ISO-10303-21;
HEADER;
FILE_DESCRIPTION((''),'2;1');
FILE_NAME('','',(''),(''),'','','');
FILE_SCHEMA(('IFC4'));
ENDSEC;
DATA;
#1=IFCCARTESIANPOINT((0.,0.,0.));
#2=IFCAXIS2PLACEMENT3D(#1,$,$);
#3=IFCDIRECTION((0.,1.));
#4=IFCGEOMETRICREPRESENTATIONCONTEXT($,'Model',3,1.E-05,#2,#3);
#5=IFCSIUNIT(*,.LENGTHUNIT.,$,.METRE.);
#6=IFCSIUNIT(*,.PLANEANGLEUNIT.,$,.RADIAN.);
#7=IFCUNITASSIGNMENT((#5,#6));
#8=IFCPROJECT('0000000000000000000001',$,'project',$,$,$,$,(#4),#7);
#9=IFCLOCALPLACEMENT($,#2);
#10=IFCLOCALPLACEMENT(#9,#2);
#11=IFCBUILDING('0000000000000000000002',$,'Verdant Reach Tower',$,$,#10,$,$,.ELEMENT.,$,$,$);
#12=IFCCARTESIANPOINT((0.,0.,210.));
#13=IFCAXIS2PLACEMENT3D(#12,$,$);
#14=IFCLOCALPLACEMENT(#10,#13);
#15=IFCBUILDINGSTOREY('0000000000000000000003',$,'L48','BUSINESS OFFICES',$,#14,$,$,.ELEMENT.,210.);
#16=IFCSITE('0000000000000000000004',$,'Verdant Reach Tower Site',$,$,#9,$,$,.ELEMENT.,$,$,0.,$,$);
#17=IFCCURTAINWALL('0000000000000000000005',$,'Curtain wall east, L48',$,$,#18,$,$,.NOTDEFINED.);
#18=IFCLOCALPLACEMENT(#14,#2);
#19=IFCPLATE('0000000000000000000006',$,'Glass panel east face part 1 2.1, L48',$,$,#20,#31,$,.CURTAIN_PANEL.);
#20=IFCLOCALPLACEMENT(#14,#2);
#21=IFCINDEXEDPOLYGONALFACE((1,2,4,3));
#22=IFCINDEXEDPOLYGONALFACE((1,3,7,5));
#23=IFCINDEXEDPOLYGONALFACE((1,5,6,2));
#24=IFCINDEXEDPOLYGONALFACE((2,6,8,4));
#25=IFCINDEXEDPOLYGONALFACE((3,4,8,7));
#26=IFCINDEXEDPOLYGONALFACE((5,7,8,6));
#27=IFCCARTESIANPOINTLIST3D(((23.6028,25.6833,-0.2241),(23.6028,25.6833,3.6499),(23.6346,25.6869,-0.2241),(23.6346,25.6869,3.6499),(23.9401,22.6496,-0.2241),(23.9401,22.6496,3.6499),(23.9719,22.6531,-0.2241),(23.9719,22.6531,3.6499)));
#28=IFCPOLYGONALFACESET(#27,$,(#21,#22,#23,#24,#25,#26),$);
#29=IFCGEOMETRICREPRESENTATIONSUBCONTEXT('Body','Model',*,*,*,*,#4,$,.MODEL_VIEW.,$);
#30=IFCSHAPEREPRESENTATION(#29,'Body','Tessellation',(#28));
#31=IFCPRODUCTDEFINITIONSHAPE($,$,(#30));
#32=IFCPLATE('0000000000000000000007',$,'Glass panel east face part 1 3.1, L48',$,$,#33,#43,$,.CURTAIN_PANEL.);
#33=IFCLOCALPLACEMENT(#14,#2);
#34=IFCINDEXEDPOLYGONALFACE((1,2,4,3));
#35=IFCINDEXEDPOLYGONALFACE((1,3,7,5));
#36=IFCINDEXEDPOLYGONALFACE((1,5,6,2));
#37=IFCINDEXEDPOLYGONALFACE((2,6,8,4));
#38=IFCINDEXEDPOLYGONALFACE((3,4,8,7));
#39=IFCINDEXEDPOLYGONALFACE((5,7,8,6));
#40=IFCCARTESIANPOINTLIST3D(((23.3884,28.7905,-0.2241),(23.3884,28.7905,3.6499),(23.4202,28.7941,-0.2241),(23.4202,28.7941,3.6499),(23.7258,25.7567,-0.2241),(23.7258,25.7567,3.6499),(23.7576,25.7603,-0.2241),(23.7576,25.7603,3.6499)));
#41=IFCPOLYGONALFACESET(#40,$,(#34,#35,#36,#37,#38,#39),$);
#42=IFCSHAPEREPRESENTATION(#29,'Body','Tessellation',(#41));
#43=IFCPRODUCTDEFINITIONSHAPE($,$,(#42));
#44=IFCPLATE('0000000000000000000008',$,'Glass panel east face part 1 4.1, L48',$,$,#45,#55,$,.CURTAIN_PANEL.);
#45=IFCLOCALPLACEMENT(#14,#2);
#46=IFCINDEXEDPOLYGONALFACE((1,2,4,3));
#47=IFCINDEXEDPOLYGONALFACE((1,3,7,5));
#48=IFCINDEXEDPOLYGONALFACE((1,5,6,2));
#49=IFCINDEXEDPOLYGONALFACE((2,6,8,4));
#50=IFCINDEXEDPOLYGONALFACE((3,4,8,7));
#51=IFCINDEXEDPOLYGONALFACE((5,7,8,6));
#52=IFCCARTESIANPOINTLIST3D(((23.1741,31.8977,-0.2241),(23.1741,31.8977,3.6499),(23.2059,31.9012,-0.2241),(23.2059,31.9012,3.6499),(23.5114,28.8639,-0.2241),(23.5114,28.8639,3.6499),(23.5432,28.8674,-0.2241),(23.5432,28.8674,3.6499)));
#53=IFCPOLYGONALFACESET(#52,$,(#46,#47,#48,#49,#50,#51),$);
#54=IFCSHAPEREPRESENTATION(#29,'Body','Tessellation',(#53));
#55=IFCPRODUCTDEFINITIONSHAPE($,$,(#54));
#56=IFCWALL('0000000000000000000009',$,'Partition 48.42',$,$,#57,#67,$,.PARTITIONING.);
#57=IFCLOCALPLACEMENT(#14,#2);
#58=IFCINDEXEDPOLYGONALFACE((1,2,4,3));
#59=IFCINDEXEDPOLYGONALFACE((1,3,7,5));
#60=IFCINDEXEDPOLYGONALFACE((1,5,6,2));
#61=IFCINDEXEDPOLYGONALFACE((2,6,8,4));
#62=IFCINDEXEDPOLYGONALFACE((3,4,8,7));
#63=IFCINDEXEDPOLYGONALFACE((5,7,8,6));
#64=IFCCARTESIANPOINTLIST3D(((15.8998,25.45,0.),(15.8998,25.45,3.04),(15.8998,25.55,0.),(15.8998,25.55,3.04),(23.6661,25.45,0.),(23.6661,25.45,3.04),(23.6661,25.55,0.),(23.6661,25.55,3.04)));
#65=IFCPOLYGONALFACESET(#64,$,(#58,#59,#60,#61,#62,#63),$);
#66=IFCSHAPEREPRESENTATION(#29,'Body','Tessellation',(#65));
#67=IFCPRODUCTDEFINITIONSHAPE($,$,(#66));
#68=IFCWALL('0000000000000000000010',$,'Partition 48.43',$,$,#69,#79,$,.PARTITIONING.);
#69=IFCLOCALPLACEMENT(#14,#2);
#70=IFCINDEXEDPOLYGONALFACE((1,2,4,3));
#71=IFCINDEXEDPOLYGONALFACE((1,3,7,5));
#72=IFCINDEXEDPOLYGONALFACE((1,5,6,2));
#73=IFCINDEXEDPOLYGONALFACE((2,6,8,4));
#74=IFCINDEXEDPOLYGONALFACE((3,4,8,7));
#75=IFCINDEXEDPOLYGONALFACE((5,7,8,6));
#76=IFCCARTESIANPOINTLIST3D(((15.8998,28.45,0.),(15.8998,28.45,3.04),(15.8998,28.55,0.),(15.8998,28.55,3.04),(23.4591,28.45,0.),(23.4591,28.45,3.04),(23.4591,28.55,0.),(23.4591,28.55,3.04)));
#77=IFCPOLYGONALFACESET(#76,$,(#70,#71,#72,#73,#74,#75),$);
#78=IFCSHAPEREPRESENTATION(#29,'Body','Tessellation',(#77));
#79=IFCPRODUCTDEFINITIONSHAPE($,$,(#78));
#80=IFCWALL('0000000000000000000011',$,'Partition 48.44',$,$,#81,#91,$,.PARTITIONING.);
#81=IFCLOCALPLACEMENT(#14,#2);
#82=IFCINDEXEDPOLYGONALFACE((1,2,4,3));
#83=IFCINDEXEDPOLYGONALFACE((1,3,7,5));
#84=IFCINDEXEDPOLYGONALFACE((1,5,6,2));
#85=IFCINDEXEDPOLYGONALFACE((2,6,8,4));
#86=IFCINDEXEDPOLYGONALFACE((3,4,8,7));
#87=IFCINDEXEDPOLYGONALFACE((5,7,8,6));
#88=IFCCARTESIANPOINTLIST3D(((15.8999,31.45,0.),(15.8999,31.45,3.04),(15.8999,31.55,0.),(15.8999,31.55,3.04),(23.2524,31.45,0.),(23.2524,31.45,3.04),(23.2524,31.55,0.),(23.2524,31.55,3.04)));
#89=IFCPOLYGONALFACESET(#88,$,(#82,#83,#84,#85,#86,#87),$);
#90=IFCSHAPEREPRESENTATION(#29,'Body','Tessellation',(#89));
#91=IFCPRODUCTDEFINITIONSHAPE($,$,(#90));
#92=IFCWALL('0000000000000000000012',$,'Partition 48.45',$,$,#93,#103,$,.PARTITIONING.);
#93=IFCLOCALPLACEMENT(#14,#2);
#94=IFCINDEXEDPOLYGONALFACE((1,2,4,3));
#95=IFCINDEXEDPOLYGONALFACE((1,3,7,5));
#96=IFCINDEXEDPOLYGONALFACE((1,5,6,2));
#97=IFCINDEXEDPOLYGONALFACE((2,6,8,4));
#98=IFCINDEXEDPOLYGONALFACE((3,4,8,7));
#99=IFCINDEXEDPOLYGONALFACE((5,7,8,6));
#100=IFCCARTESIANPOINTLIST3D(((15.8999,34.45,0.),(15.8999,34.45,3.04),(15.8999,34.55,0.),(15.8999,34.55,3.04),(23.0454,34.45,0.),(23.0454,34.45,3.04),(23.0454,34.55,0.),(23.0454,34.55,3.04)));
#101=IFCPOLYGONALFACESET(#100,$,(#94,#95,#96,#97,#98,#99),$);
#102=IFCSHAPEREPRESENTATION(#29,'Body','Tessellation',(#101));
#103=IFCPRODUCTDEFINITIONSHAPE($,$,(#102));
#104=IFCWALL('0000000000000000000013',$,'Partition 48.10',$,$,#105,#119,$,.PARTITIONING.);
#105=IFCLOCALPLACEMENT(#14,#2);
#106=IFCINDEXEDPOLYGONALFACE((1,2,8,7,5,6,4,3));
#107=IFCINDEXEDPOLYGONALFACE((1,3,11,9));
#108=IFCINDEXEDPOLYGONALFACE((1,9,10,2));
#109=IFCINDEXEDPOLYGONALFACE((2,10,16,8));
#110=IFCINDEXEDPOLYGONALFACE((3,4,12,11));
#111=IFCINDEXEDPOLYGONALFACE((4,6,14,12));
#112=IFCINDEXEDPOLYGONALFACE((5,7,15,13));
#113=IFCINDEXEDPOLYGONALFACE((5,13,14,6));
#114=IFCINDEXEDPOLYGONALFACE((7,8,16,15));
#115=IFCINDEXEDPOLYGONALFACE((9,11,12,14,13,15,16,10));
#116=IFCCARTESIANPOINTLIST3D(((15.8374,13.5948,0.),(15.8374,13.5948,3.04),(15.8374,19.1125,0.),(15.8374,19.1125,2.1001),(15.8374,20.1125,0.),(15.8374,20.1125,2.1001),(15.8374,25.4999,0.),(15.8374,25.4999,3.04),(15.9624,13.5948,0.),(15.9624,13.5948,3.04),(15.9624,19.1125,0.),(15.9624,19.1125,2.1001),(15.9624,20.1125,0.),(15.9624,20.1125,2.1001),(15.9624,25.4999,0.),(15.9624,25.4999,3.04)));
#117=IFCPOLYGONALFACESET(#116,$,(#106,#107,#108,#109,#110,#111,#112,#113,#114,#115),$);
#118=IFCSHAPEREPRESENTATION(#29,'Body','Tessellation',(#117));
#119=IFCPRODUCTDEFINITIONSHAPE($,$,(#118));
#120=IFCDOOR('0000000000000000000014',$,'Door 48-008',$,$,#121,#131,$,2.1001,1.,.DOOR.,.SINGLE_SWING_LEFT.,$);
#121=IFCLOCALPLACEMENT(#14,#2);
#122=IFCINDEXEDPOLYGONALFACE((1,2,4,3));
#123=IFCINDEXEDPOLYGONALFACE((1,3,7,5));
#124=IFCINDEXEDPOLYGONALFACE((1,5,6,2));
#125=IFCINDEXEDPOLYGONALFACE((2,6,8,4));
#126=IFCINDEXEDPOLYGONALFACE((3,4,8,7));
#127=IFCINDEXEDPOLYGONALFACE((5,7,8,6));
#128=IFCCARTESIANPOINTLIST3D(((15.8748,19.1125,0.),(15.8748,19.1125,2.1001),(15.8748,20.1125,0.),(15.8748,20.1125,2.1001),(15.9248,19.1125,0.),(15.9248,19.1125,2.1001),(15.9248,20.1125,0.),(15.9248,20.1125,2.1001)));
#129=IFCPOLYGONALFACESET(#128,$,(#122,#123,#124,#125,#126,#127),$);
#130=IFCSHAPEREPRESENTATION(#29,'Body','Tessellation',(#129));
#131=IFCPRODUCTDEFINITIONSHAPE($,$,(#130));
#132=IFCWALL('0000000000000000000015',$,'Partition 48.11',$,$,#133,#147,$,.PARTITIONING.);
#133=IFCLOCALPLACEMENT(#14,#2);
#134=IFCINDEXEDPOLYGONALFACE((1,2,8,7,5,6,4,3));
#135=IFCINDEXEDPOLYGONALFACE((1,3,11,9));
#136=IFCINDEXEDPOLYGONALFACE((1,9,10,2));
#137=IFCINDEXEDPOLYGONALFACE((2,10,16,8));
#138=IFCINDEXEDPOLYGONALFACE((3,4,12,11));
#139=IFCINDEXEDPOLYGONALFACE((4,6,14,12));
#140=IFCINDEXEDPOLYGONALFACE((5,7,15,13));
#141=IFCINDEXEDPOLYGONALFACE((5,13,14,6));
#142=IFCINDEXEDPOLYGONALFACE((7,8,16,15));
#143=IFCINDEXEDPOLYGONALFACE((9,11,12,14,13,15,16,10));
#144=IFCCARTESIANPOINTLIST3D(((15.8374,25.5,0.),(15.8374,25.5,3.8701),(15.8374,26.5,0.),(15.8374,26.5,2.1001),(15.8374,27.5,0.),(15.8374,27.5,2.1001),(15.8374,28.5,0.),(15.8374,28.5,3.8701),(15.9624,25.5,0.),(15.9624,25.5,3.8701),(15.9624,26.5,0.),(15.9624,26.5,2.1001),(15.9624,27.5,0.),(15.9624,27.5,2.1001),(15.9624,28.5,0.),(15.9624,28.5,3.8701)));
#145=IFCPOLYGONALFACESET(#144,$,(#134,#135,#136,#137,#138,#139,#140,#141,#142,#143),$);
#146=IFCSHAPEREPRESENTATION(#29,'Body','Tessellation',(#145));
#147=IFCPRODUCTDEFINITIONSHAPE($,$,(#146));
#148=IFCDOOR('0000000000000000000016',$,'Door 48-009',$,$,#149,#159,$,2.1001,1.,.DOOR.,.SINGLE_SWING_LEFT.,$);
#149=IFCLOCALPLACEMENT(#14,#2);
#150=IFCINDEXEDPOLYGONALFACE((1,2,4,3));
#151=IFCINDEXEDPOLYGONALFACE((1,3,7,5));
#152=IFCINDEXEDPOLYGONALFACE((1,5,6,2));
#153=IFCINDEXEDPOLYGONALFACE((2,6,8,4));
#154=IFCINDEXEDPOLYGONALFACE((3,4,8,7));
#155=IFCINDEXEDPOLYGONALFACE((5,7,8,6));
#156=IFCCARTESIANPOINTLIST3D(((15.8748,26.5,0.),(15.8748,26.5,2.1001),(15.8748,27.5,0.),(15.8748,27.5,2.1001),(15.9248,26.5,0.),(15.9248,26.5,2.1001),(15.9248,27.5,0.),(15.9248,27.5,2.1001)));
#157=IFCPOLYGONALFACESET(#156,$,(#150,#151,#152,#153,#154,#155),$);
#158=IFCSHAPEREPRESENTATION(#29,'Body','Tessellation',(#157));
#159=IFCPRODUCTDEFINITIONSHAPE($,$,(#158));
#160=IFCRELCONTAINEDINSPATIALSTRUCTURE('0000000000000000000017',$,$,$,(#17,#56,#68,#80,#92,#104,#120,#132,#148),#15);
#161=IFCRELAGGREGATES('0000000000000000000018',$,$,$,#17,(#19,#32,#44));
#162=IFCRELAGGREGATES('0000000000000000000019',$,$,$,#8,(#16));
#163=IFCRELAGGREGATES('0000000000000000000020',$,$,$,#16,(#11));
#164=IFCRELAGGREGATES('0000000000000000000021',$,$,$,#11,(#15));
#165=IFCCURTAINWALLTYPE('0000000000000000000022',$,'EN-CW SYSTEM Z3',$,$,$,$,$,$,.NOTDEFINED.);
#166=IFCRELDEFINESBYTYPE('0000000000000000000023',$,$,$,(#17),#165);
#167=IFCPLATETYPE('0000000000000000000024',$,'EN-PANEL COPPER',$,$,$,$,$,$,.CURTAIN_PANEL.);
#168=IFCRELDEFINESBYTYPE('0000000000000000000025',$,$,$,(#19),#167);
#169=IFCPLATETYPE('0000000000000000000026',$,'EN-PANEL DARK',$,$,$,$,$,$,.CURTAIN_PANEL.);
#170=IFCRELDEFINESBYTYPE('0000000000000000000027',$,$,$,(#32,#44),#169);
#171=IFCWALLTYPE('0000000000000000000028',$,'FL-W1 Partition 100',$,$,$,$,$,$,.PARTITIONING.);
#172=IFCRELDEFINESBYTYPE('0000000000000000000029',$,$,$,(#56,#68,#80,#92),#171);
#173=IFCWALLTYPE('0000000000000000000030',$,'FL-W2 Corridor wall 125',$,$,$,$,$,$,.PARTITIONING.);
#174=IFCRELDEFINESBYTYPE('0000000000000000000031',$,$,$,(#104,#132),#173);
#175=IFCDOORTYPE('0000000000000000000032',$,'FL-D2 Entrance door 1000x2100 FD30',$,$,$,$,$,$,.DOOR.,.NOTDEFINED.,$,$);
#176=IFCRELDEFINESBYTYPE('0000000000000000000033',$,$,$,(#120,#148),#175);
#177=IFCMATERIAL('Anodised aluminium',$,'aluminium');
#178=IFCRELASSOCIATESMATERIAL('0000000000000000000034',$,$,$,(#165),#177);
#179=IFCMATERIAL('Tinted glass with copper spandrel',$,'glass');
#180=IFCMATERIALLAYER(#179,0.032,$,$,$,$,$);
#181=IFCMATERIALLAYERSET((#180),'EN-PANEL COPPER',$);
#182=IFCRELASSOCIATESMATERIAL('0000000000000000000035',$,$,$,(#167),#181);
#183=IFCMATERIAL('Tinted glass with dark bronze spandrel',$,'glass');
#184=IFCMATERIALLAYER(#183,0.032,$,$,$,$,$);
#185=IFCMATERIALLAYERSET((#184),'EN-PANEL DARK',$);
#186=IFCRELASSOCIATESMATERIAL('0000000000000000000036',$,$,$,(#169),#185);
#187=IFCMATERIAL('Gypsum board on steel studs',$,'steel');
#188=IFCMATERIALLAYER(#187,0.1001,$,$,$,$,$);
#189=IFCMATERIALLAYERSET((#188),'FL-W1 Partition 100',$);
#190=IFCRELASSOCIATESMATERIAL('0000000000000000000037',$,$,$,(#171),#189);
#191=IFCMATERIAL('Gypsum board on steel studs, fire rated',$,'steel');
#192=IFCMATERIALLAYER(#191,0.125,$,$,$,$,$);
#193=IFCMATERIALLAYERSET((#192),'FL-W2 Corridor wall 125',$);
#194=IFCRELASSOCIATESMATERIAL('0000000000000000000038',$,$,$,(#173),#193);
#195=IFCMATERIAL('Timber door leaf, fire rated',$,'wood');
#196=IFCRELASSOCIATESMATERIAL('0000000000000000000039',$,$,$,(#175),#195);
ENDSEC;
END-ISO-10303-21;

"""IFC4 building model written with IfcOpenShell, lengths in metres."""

from ifc_helpers import new_model, si_unit, direction, frame, frame_2d, origin, origin_2d, place, context, subcontext, project, spatial, rectangle, extrude, material, layer, layer_set, type_object, element, fill, aggregate, save


model = new_model("IFC4")

# Units and contexts
model_context = context("Model", 3, precision=1e-05, world=origin(), true_north=direction((0.0, 1.0)))
body_context = subcontext(model_context, "Body", "Model", "MODEL_VIEW")
ifc_project = project(units=[si_unit("LENGTHUNIT", "METRE"), si_unit("PLANEANGLEUNIT", "RADIAN")], contexts=[model_context])

# Site, building, storey
site_placement = place(None, origin())
site = spatial("IfcSite", under=ifc_project, at=site_placement, Name="Verdant Reach Tower Site", CompositionType="ELEMENT", RefElevation=0.0)
building_placement = place(site_placement, origin())
building = spatial("IfcBuilding", under=site, at=building_placement, Name="Verdant Reach Tower", CompositionType="ELEMENT")
storey_placement = place(building_placement, frame((0.0, 0.0, 210.0)))
storey = spatial("IfcBuildingStorey", under=building, at=storey_placement, Name="L48", Description="BUSINESS OFFICES", CompositionType="ELEMENT", Elevation=210.0)

# Curtain wall, plates
ifc_material_1 = material(Name="Anodised aluminium", Category="aluminium")
curtain_wall_type = type_object("IfcCurtainWallType", Name="EN-CW SYSTEM Z3", PredefinedType="NOTDEFINED", material=ifc_material_1)
curtain_wall_placement = place(storey_placement, origin())
curtain_wall = element("IfcCurtainWall", 1, at=curtain_wall_placement, inside=storey, type_object=curtain_wall_type, Name="Curtain wall east, L48", PredefinedType="NOTDEFINED")
ifc_material_2 = material(Name="Tinted glass with copper spandrel", Category="glass")
ifc_layer_1 = layer(ifc_material_2, 0.032)
ifc_layer_set_1 = layer_set([ifc_layer_1], Name="EN-PANEL COPPER")
plate_type_1 = type_object("IfcPlateType", Name="EN-PANEL COPPER", PredefinedType="CURTAIN_PANEL", material=ifc_layer_set_1)
plate_1_placement = place(storey_placement, frame((23.7874, 24.1682, -0.2241), z_axis=(0.0, 0.0, 1.0), x_axis=(-0.110518, 0.993874, 0.0)))
plate_1 = element("IfcPlate", 2, at=plate_1_placement, type_object=plate_type_1, Name="Glass panel east face part 1 2.1, L48", PredefinedType="CURTAIN_PANEL", context=body_context, shape_type="SweptSolid", body=[
    extrude(rectangle(XDim=3.0525, YDim=0.032, at=origin_2d()), origin(), (0.0, 0.0, 1.0), 3.874),
])
ifc_material_3 = material(Name="Tinted glass with dark bronze spandrel", Category="glass")
ifc_layer_2 = layer(ifc_material_3, 0.032)
ifc_layer_set_2 = layer_set([ifc_layer_2], Name="EN-PANEL DARK")
plate_type_2 = type_object("IfcPlateType", Name="EN-PANEL DARK", PredefinedType="CURTAIN_PANEL", material=ifc_layer_set_2)
plate_2_placement = place(storey_placement, frame((23.573, 27.2754, -0.2241), z_axis=(0.0, 0.0, 1.0), x_axis=(-0.110518, 0.993874, 0.0)))
plate_2 = element("IfcPlate", 3, at=plate_2_placement, type_object=plate_type_2, Name="Glass panel east face part 1 3.1, L48", PredefinedType="CURTAIN_PANEL", context=body_context, shape_type="SweptSolid", body=[
    extrude(rectangle(XDim=3.0525, YDim=0.032, at=origin_2d()), origin(), (0.0, 0.0, 1.0), 3.874),
])
plate_3_placement = place(storey_placement, frame((23.3586, 30.3826, -0.2241), z_axis=(0.0, 0.0, 1.0), x_axis=(-0.110518, 0.993874, 0.0)))
plate_3 = element("IfcPlate", 4, at=plate_3_placement, type_object=plate_type_2, Name="Glass panel east face part 1 4.1, L48", PredefinedType="CURTAIN_PANEL", context=body_context, shape_type="SweptSolid", body=[
    extrude(rectangle(XDim=3.0525, YDim=0.032, at=origin_2d()), origin(), (0.0, 0.0, 1.0), 3.874),
])
aggregate(curtain_wall, [plate_1, plate_2, plate_3])

# Walls
ifc_material_4 = material(Name="Gypsum board on steel studs", Category="steel")
ifc_layer_3 = layer(ifc_material_4, 0.1001)
ifc_layer_set_3 = layer_set([ifc_layer_3], Name="FL-W1 Partition 100")
wall_type_1 = type_object("IfcWallType", Name="FL-W1 Partition 100", PredefinedType="PARTITIONING", material=ifc_layer_set_3)
wall_1_placement = place(storey_placement, frame((23.6663, 25.5, 0.0), z_axis=(0.0, 0.0, 1.0), x_axis=(-1.0, 0.0, 0.0)))
element("IfcWall", 5, at=wall_1_placement, inside=storey, type_object=wall_type_1, Name="Partition 48.42", PredefinedType="PARTITIONING", context=body_context, shape_type="SweptSolid", body=[
    extrude(rectangle(XDim=7.7664, YDim=0.1001, at=frame_2d((3.8833, 0.0))), origin(), (0.0, 0.0, 1.0), 3.04),
])
wall_2_placement = place(storey_placement, frame((23.4592, 28.5, 0.0), z_axis=(0.0, 0.0, 1.0), x_axis=(-1.0, 0.0, 0.0)))
element("IfcWall", 6, at=wall_2_placement, inside=storey, type_object=wall_type_1, Name="Partition 48.43", PredefinedType="PARTITIONING", context=body_context, shape_type="SweptSolid", body=[
    extrude(rectangle(XDim=7.5593, YDim=0.1001, at=frame_2d((3.7798, 0.0))), origin(), (0.0, 0.0, 1.0), 3.04),
])
wall_3_placement = place(storey_placement, frame((23.2524, 31.5, 0.0), z_axis=(0.0, 0.0, 1.0), x_axis=(-1.0, 0.0, 0.0)))
element("IfcWall", 7, at=wall_3_placement, inside=storey, type_object=wall_type_1, Name="Partition 48.44", PredefinedType="PARTITIONING", context=body_context, shape_type="SweptSolid", body=[
    extrude(rectangle(XDim=7.3525, YDim=0.1001, at=frame_2d((3.6763, 0.0))), origin(), (0.0, 0.0, 1.0), 3.04),
])
wall_4_placement = place(storey_placement, frame((23.0454, 34.5, 0.0), z_axis=(0.0, 0.0, 1.0), x_axis=(-1.0, 0.0, 0.0)))
element("IfcWall", 8, at=wall_4_placement, inside=storey, type_object=wall_type_1, Name="Partition 48.45", PredefinedType="PARTITIONING", context=body_context, shape_type="SweptSolid", body=[
    extrude(rectangle(XDim=7.1455, YDim=0.1001, at=frame_2d((3.5728, 0.0))), origin(), (0.0, 0.0, 1.0), 3.04),
])

# Walls, openings, doors
ifc_material_5 = material(Name="Gypsum board on steel studs, fire rated", Category="steel")
ifc_layer_4 = layer(ifc_material_5, 0.125)
ifc_layer_set_4 = layer_set([ifc_layer_4], Name="FL-W2 Corridor wall 125")
wall_type_2 = type_object("IfcWallType", Name="FL-W2 Corridor wall 125", PredefinedType="PARTITIONING", material=ifc_layer_set_4)
wall_5_placement = place(storey_placement, frame((15.8999, 25.5, 0.0), z_axis=(0.0, 0.0, 1.0), x_axis=(0.0, -1.0, 0.0)))
wall_5 = element("IfcWall", 9, at=wall_5_placement, inside=storey, type_object=wall_type_2, Name="Partition 48.10", PredefinedType="PARTITIONING", context=body_context, shape_type="SweptSolid", body=[
    extrude(rectangle(XDim=11.905, YDim=0.125, at=frame_2d((5.9526, 0.0))), origin(), (0.0, 0.0, 1.0), 3.04),
])
opening_1_placement = place(wall_5_placement, frame((5.3875, 0.0, 0.0)))
opening_1 = element("IfcOpeningElement", 10, at=opening_1_placement, cuts=wall_5, PredefinedType="OPENING", context=body_context, shape_type="SweptSolid", body=[
    extrude(rectangle(XDim=1.0, YDim=2.1001, at=frame_2d((0.5, 1.05))), frame((0.0, 0.0725, 0.0), z_axis=(0.0, -1.0, 0.0), x_axis=(1.0, 0.0, 0.0)), (0.0, 0.0, 1.0), 0.145),
])
ifc_material_6 = material(Name="Timber door leaf, fire rated", Category="wood")
door_type_1 = type_object("IfcDoorType", Name="FL-D2 Entrance door 1000x2100 FD30", OperationType="NOTDEFINED", PredefinedType="DOOR", material=ifc_material_6)
door_1_placement = place(opening_1_placement, origin())
door_1 = element("IfcDoor", 11, at=door_1_placement, inside=storey, type_object=door_type_1, Name="Door 48-008", OperationType="SINGLE_SWING_LEFT", OverallHeight=2.1001, OverallWidth=1.0, PredefinedType="DOOR", context=body_context, shape_type="SweptSolid", body=[
    extrude(rectangle(XDim=1.0, YDim=2.1001, at=frame_2d((0.5, 1.05))), frame((0.0, 0.0249, 0.0), z_axis=(0.0, -1.0, 0.0), x_axis=(1.0, 0.0, 0.0)), (0.0, 0.0, 1.0), 0.05),
])
fill(opening_1, door_1)
wall_6_placement = place(storey_placement, frame((15.8999, 28.5, 0.0), z_axis=(0.0, 0.0, 1.0), x_axis=(0.0, -1.0, 0.0)))
wall_6 = element("IfcWall", 12, at=wall_6_placement, inside=storey, type_object=wall_type_2, Name="Partition 48.11", PredefinedType="PARTITIONING", context=body_context, shape_type="SweptSolid", body=[
    extrude(rectangle(XDim=3.0, YDim=0.125, at=frame_2d((1.5, 0.0))), origin(), (0.0, 0.0, 1.0), 3.8701),
])
opening_2_placement = place(wall_6_placement, frame((1.0, 0.0, 0.0)))
opening_2 = element("IfcOpeningElement", 13, at=opening_2_placement, cuts=wall_6, PredefinedType="OPENING", context=body_context, shape_type="SweptSolid", body=[
    extrude(rectangle(XDim=1.0, YDim=2.1001, at=frame_2d((0.5, 1.05))), frame((0.0, 0.0725, 0.0), z_axis=(0.0, -1.0, 0.0), x_axis=(1.0, 0.0, 0.0)), (0.0, 0.0, 1.0), 0.145),
])
door_2_placement = place(opening_2_placement, origin())
door_2 = element("IfcDoor", 14, at=door_2_placement, inside=storey, type_object=door_type_1, Name="Door 48-009", OperationType="SINGLE_SWING_LEFT", OverallHeight=2.1001, OverallWidth=1.0, PredefinedType="DOOR", context=body_context, shape_type="SweptSolid", body=[
    extrude(rectangle(XDim=1.0, YDim=2.1001, at=frame_2d((0.5, 1.05))), frame((0.0, 0.0249, 0.0), z_axis=(0.0, -1.0, 0.0), x_axis=(1.0, 0.0, 0.0)), (0.0, 0.0, 1.0), 0.05),
])
fill(opening_2, door_2)

save(model, "model.ifc")
